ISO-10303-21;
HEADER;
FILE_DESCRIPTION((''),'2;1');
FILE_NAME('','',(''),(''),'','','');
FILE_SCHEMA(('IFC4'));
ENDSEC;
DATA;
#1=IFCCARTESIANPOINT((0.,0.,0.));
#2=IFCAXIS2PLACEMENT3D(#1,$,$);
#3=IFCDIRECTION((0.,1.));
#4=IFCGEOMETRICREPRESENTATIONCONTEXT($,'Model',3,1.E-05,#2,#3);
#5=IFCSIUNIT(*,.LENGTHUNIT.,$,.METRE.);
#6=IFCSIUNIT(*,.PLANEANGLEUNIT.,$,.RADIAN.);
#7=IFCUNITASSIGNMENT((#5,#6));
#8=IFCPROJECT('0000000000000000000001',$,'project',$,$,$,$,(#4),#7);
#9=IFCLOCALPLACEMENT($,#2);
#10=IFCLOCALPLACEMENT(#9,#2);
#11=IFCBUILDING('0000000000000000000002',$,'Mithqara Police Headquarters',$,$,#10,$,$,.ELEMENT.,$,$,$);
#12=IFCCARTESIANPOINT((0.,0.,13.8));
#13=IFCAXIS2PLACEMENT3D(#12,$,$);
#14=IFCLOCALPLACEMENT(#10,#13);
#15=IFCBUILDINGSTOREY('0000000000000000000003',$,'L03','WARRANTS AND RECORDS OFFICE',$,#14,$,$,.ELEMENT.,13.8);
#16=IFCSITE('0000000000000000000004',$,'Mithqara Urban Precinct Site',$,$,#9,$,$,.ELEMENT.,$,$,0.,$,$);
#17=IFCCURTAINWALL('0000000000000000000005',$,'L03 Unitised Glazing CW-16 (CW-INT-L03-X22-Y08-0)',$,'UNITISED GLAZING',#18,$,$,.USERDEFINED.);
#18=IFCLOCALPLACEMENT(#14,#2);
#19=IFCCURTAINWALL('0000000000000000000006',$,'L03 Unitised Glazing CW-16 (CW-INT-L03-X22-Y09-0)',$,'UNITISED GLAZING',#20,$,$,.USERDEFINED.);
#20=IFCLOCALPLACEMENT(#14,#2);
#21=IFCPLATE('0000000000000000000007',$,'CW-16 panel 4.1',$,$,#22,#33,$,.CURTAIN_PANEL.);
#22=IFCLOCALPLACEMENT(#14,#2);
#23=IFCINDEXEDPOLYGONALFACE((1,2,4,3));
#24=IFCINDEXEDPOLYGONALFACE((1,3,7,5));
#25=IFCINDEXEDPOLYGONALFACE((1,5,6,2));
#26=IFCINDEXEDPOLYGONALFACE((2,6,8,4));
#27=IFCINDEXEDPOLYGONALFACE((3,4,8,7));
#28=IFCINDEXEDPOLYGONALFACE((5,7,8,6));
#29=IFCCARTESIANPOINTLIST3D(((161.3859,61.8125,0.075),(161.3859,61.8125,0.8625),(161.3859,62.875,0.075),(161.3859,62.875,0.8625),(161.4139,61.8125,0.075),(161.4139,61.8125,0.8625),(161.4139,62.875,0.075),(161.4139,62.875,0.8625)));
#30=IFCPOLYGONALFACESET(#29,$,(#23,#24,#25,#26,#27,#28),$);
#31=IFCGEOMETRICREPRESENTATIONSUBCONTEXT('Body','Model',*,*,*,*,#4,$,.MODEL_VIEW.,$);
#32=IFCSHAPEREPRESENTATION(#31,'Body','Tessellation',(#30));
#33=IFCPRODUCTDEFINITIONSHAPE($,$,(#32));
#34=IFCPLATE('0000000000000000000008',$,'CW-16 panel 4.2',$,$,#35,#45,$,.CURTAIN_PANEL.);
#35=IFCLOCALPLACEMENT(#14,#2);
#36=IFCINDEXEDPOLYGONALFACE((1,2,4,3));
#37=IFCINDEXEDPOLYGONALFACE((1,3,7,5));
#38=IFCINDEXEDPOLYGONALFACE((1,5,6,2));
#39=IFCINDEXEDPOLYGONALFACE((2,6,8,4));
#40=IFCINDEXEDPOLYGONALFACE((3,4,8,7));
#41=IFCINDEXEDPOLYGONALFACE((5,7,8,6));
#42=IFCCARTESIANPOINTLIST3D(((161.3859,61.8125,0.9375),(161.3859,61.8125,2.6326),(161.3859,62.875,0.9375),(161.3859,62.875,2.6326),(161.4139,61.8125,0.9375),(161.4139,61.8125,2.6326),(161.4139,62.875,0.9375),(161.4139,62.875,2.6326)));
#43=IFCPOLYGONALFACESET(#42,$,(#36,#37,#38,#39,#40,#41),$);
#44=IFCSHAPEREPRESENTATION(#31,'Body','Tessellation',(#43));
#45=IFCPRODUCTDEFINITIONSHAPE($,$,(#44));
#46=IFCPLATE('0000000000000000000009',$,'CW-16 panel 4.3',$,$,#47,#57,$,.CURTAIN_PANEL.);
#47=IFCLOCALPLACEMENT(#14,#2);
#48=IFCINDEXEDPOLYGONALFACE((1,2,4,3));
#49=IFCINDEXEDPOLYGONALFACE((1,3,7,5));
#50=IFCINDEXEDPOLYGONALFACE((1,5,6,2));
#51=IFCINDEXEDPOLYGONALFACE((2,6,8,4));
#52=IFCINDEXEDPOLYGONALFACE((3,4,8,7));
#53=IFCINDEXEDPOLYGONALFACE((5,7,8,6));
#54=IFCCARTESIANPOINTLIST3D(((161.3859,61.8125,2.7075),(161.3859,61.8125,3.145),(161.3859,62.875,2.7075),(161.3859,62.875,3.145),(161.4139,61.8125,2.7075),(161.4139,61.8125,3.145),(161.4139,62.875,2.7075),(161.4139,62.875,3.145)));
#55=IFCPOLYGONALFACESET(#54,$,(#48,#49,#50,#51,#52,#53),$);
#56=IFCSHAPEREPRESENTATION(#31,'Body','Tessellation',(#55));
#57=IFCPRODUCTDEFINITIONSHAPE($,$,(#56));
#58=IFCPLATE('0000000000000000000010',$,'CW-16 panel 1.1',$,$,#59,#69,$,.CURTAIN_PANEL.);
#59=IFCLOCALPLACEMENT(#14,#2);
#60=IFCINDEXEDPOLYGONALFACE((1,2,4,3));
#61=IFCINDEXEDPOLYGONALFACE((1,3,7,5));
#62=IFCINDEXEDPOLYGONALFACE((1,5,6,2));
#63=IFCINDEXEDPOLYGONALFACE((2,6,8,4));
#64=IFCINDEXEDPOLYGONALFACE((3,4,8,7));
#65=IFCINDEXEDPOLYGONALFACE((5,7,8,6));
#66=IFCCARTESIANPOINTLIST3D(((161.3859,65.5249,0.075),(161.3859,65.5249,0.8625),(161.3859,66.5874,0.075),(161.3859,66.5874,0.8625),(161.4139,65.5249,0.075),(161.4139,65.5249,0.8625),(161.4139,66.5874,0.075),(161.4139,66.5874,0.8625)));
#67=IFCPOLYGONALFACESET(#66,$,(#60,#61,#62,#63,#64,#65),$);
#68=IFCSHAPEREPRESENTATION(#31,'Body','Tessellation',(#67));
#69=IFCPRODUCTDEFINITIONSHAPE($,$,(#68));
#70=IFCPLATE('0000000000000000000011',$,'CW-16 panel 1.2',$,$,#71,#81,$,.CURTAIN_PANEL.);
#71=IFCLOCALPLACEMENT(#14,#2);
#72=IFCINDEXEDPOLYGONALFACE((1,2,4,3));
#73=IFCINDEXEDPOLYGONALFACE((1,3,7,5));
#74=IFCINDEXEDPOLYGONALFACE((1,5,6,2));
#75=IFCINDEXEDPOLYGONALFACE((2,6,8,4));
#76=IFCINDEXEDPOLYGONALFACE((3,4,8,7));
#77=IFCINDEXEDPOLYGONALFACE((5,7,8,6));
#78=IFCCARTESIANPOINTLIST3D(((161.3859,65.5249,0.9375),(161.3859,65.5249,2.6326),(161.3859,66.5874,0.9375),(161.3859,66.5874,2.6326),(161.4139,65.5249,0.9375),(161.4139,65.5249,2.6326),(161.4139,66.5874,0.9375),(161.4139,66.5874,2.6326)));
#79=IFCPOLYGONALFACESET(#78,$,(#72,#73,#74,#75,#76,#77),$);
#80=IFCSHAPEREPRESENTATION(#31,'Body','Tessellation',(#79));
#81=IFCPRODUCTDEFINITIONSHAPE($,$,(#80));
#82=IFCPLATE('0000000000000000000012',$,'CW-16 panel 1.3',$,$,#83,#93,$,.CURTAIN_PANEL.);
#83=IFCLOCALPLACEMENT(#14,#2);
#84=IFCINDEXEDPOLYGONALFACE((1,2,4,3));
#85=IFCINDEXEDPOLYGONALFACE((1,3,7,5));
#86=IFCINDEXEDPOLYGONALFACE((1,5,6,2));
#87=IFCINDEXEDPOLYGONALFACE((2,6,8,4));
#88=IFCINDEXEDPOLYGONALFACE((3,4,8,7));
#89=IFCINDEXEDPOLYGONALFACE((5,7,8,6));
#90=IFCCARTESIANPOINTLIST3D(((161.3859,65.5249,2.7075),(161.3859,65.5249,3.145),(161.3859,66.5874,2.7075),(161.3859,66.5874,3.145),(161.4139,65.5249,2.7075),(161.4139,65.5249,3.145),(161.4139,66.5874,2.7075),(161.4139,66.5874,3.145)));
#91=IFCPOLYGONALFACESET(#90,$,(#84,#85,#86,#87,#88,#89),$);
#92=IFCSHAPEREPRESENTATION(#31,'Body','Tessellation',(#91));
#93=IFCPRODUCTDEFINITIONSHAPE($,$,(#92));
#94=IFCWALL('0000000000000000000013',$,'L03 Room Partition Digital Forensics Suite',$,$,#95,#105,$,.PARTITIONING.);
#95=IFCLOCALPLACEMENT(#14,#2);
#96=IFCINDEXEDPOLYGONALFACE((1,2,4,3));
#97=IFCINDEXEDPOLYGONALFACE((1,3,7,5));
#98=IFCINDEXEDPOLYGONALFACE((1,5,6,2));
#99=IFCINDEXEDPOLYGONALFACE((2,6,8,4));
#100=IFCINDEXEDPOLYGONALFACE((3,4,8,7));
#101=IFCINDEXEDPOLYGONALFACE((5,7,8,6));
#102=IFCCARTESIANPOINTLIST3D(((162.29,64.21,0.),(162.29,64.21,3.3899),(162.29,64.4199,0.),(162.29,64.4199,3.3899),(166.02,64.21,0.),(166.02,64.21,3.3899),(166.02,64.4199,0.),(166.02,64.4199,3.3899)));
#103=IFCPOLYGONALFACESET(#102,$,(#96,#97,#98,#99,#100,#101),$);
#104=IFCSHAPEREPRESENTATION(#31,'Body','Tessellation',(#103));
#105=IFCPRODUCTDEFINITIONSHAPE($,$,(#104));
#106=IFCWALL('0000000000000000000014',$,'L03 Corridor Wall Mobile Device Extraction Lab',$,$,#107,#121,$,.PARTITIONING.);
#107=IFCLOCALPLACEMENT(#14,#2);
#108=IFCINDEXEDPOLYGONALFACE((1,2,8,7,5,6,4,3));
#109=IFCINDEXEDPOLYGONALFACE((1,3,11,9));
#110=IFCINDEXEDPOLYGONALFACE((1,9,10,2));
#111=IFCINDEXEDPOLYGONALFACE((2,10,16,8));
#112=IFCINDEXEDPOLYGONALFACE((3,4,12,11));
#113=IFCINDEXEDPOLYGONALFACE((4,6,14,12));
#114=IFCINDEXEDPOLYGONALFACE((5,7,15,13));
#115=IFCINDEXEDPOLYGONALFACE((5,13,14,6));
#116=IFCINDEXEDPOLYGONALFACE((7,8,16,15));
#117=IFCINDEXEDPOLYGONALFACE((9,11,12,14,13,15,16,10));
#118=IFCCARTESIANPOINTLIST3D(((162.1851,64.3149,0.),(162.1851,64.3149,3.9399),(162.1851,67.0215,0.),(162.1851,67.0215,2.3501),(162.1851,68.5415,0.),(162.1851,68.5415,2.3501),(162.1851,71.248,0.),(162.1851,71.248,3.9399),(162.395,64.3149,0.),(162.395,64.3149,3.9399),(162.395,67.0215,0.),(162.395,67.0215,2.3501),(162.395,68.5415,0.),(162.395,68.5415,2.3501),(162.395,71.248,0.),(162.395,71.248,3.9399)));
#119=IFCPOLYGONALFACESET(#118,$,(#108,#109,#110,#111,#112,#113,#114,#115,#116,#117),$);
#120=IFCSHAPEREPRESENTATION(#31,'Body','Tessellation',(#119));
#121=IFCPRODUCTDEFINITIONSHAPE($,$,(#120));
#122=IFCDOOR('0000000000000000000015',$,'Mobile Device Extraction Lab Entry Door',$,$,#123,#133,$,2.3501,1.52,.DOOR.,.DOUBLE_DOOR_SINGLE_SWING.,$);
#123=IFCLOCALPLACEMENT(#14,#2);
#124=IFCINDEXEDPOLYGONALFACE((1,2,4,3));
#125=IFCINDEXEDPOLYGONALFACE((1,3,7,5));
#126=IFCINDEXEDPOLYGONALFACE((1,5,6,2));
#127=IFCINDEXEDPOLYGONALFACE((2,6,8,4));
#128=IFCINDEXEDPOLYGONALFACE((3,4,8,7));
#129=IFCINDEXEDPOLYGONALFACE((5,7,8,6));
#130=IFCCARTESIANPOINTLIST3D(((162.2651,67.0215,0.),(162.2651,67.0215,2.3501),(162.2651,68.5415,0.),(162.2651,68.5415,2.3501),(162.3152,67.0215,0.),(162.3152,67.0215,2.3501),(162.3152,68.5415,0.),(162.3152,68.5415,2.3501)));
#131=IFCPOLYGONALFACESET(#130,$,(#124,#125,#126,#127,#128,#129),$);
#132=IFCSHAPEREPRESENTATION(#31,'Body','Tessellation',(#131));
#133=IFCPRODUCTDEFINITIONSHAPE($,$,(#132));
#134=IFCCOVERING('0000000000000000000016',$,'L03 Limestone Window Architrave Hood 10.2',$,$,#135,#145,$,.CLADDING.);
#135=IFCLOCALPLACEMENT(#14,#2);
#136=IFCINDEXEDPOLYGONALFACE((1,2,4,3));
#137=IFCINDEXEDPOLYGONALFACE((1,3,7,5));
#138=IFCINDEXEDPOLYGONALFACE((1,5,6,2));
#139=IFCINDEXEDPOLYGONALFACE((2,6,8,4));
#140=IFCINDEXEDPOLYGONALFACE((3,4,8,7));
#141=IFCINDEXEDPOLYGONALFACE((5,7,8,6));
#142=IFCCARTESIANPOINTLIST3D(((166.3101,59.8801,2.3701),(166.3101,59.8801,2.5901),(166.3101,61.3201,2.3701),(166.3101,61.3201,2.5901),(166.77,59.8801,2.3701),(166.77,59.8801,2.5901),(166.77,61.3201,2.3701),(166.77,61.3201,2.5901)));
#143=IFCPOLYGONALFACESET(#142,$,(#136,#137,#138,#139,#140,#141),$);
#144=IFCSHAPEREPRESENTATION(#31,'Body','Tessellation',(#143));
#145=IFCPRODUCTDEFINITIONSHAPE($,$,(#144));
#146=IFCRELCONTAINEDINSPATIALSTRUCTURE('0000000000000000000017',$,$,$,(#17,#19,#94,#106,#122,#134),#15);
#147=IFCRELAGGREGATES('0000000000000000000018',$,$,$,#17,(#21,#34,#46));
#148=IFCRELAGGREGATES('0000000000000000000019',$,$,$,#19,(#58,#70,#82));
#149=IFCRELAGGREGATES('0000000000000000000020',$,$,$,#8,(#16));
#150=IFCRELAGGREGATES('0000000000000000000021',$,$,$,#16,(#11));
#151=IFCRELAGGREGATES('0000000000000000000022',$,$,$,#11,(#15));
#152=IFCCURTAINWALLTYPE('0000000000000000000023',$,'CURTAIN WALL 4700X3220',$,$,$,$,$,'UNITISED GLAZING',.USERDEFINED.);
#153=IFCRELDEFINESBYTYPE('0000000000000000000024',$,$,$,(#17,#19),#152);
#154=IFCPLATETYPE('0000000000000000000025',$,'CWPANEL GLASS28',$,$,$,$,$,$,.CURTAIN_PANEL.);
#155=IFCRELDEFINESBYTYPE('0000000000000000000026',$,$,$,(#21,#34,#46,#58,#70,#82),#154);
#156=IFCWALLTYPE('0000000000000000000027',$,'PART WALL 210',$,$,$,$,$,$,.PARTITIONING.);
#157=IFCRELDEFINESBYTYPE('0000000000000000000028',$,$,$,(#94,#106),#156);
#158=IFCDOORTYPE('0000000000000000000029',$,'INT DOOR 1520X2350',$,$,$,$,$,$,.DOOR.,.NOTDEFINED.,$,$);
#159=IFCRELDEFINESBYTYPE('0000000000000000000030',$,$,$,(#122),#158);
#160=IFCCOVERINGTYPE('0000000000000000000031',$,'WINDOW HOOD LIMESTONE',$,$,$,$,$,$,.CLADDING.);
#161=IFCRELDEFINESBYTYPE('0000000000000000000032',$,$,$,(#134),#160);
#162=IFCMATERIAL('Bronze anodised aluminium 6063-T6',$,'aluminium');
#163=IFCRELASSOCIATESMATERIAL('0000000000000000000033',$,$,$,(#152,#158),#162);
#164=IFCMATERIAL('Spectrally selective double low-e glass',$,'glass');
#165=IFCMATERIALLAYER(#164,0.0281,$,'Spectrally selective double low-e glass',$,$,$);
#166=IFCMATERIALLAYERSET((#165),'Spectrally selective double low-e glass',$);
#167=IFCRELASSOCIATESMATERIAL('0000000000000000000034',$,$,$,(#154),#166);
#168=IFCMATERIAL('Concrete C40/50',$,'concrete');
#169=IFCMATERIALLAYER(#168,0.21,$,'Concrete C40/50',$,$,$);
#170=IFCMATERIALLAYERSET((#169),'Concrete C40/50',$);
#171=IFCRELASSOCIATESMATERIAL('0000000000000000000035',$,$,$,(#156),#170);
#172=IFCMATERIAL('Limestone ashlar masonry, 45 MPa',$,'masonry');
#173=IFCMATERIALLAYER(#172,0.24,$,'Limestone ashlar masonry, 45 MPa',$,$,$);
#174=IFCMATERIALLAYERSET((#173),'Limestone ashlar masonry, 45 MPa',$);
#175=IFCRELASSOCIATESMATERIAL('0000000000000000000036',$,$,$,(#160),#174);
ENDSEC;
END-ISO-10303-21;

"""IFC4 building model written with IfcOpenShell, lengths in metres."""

from ifc_helpers import new_model, si_unit, direction, frame, frame_2d, origin, origin_2d, place, context, subcontext, project, spatial, rectangle, extrude, material, layer, layer_set, type_object, element, fill, aggregate, save


model = new_model("IFC4")

# Units and contexts
model_context = context("Model", 3, precision=1e-05, world=origin(), true_north=direction((0.0, 1.0)))
body_context = subcontext(model_context, "Body", "Model", "MODEL_VIEW")
ifc_project = project(units=[si_unit("LENGTHUNIT", "METRE"), si_unit("PLANEANGLEUNIT", "RADIAN")], contexts=[model_context])

# Site, building, storey
site_placement = place(None, origin())
site = spatial("IfcSite", under=ifc_project, at=site_placement, Name="Mithqara Urban Precinct Site", CompositionType="ELEMENT", RefElevation=0.0)
building_placement = place(site_placement, origin())
building = spatial("IfcBuilding", under=site, at=building_placement, Name="Mithqara Police Headquarters", CompositionType="ELEMENT")
storey_placement = place(building_placement, frame((0.0, 0.0, 13.8)))
storey = spatial("IfcBuildingStorey", under=building, at=storey_placement, Name="L03", Description="WARRANTS AND RECORDS OFFICE", CompositionType="ELEMENT", Elevation=13.8)

# Shared definitions
ifc_material_1 = material(Name="Concrete C40/50", Category="concrete")

# Curtain wall
ifc_material_2 = material(Name="Bronze anodised aluminium 6063-T6", Category="aluminium")
curtain_wall_type = type_object("IfcCurtainWallType", Name="CURTAIN WALL 4700X3220", ElementType="UNITISED GLAZING", PredefinedType="USERDEFINED", material=ifc_material_2)
curtain_wall_1_placement = place(storey_placement, origin())
curtain_wall_1 = element("IfcCurtainWall", 1, at=curtain_wall_1_placement, inside=storey, type_object=curtain_wall_type, Name="L03 Unitised Glazing CW-16 (CW-INT-L03-X22-Y08-0)", ObjectType="UNITISED GLAZING", PredefinedType="USERDEFINED")

# Curtain wall
curtain_wall_2_placement = place(storey_placement, origin())
curtain_wall_2 = element("IfcCurtainWall", 2, at=curtain_wall_2_placement, inside=storey, type_object=curtain_wall_type, Name="L03 Unitised Glazing CW-16 (CW-INT-L03-X22-Y09-0)", ObjectType="UNITISED GLAZING", PredefinedType="USERDEFINED")

# Plates
ifc_material_3 = material(Name="Spectrally selective double low-e glass", Category="glass")
ifc_layer_1 = layer(ifc_material_3, 0.0281, Name="Spectrally selective double low-e glass")
ifc_layer_set_1 = layer_set([ifc_layer_1], Name="Spectrally selective double low-e glass")
plate_type = type_object("IfcPlateType", Name="CWPANEL GLASS28", PredefinedType="CURTAIN_PANEL", material=ifc_layer_set_1)
plate_1_placement = place(storey_placement, frame((161.3999, 62.3438, 0.075), z_axis=(0.0, 0.0, 1.0), x_axis=(0.0, 1.0, 0.0)))
plate_1 = element("IfcPlate", 3, at=plate_1_placement, type_object=plate_type, Name="CW-16 panel 4.1", PredefinedType="CURTAIN_PANEL", context=body_context, shape_type="SweptSolid", body=[
    extrude(rectangle(XDim=1.0625, YDim=0.0281, at=origin_2d()), origin(), (0.0, 0.0, 1.0), 0.7876),
])
plate_2_placement = place(storey_placement, frame((161.3999, 62.3438, 0.9375), z_axis=(0.0, 0.0, 1.0), x_axis=(0.0, 1.0, 0.0)))
plate_2 = element("IfcPlate", 4, at=plate_2_placement, type_object=plate_type, Name="CW-16 panel 4.2", PredefinedType="CURTAIN_PANEL", context=body_context, shape_type="SweptSolid", body=[
    extrude(rectangle(XDim=1.0625, YDim=0.0281, at=origin_2d()), origin(), (0.0, 0.0, 1.0), 1.6951),
])
plate_3_placement = place(storey_placement, frame((161.3999, 62.3438, 2.7075), z_axis=(0.0, 0.0, 1.0), x_axis=(0.0, 1.0, 0.0)))
plate_3 = element("IfcPlate", 5, at=plate_3_placement, type_object=plate_type, Name="CW-16 panel 4.3", PredefinedType="CURTAIN_PANEL", context=body_context, shape_type="SweptSolid", body=[
    extrude(rectangle(XDim=1.0625, YDim=0.0281, at=origin_2d()), origin(), (0.0, 0.0, 1.0), 0.4375),
])
aggregate(curtain_wall_1, [plate_1, plate_2, plate_3])
plate_4_placement = place(storey_placement, frame((161.3999, 66.0562, 0.075), z_axis=(0.0, 0.0, 1.0), x_axis=(0.0, 1.0, 0.0)))
plate_4 = element("IfcPlate", 6, at=plate_4_placement, type_object=plate_type, Name="CW-16 panel 1.1", PredefinedType="CURTAIN_PANEL", context=body_context, shape_type="SweptSolid", body=[
    extrude(rectangle(XDim=1.0625, YDim=0.0281, at=origin_2d()), origin(), (0.0, 0.0, 1.0), 0.7876),
])
plate_5_placement = place(storey_placement, frame((161.3999, 66.0562, 0.9375), z_axis=(0.0, 0.0, 1.0), x_axis=(0.0, 1.0, 0.0)))
plate_5 = element("IfcPlate", 7, at=plate_5_placement, type_object=plate_type, Name="CW-16 panel 1.2", PredefinedType="CURTAIN_PANEL", context=body_context, shape_type="SweptSolid", body=[
    extrude(rectangle(XDim=1.0625, YDim=0.0281, at=origin_2d()), origin(), (0.0, 0.0, 1.0), 1.6951),
])
plate_6_placement = place(storey_placement, frame((161.3999, 66.0562, 2.7075), z_axis=(0.0, 0.0, 1.0), x_axis=(0.0, 1.0, 0.0)))
plate_6 = element("IfcPlate", 8, at=plate_6_placement, type_object=plate_type, Name="CW-16 panel 1.3", PredefinedType="CURTAIN_PANEL", context=body_context, shape_type="SweptSolid", body=[
    extrude(rectangle(XDim=1.0625, YDim=0.0281, at=origin_2d()), origin(), (0.0, 0.0, 1.0), 0.4375),
])
aggregate(curtain_wall_2, [plate_4, plate_5, plate_6])

# Wall
ifc_layer_2 = layer(ifc_material_1, 0.21, Name="Concrete C40/50")
ifc_layer_set_2 = layer_set([ifc_layer_2], Name="Concrete C40/50")
wall_type = type_object("IfcWallType", Name="PART WALL 210", PredefinedType="PARTITIONING", material=ifc_layer_set_2)
wall_1_placement = place(storey_placement, frame((162.29, 64.3149, 0.0), z_axis=(0.0, 0.0, 1.0), x_axis=(1.0, 0.0, 0.0)))
element("IfcWall", 9, at=wall_1_placement, inside=storey, type_object=wall_type, Name="L03 Room Partition Digital Forensics Suite", PredefinedType="PARTITIONING", context=body_context, shape_type="SweptSolid", body=[
    extrude(rectangle(XDim=3.73, YDim=0.21, at=frame_2d((1.865, 0.0))), origin(), (0.0, 0.0, 1.0), 3.3899),
])

# Wall, opening, door
wall_2_placement = place(storey_placement, frame((162.29, 64.3149, 0.0), z_axis=(0.0, 0.0, 1.0), x_axis=(0.0, 1.0, 0.0)))
wall_2 = element("IfcWall", 10, at=wall_2_placement, inside=storey, type_object=wall_type, Name="L03 Corridor Wall Mobile Device Extraction Lab", PredefinedType="PARTITIONING", context=body_context, shape_type="SweptSolid", body=[
    extrude(rectangle(XDim=6.9331, YDim=0.21, at=frame_2d((3.4666, 0.0))), origin(), (0.0, 0.0, 1.0), 3.9399),
])
opening_placement = place(wall_2_placement, frame((2.7065, 0.0, 0.0)))
opening = element("IfcOpeningElement", 11, at=opening_placement, cuts=wall_2, PredefinedType="OPENING", context=body_context, shape_type="SweptSolid", body=[
    extrude(rectangle(XDim=1.52, YDim=2.3501, at=frame_2d((0.76, 1.175))), frame((0.0, 0.115, 0.0), z_axis=(0.0, -1.0, 0.0), x_axis=(1.0, 0.0, 0.0)), (0.0, 0.0, 1.0), 0.23),
])
door_type = type_object("IfcDoorType", Name="INT DOOR 1520X2350", OperationType="NOTDEFINED", PredefinedType="DOOR", material=ifc_material_2)
door_placement = place(opening_placement, origin())
door = element("IfcDoor", 12, at=door_placement, inside=storey, type_object=door_type, Name="Mobile Device Extraction Lab Entry Door", OperationType="DOUBLE_DOOR_SINGLE_SWING", OverallHeight=2.3501, OverallWidth=1.52, PredefinedType="DOOR", context=body_context, shape_type="SweptSolid", body=[
    extrude(rectangle(XDim=1.52, YDim=2.3501, at=frame_2d((0.76, 1.175))), frame((0.0, 0.0249, 0.0), z_axis=(0.0, -1.0, 0.0), x_axis=(1.0, 0.0, 0.0)), (0.0, 0.0, 1.0), 0.05),
])
fill(opening, door)

# Covering
ifc_material_4 = material(Name="Limestone ashlar masonry, 45 MPa", Category="masonry")
ifc_layer_3 = layer(ifc_material_4, 0.24, Name="Limestone ashlar masonry, 45 MPa")
ifc_layer_set_3 = layer_set([ifc_layer_3], Name="Limestone ashlar masonry, 45 MPa")
covering_type = type_object("IfcCoveringType", Name="WINDOW HOOD LIMESTONE", PredefinedType="CLADDING", material=ifc_layer_set_3)
covering_placement = place(storey_placement, frame((166.54, 60.6001, 2.3701), z_axis=(0.0, 0.0, 1.0), x_axis=(0.0, 1.0, 0.0)))
element("IfcCovering", 13, at=covering_placement, inside=storey, type_object=covering_type, Name="L03 Limestone Window Architrave Hood 10.2", PredefinedType="CLADDING", context=body_context, shape_type="SweptSolid", body=[
    extrude(rectangle(XDim=1.4399, YDim=0.46, at=origin_2d()), origin(), (0.0, 0.0, 1.0), 0.22),
])

save(model, "model.ifc")
